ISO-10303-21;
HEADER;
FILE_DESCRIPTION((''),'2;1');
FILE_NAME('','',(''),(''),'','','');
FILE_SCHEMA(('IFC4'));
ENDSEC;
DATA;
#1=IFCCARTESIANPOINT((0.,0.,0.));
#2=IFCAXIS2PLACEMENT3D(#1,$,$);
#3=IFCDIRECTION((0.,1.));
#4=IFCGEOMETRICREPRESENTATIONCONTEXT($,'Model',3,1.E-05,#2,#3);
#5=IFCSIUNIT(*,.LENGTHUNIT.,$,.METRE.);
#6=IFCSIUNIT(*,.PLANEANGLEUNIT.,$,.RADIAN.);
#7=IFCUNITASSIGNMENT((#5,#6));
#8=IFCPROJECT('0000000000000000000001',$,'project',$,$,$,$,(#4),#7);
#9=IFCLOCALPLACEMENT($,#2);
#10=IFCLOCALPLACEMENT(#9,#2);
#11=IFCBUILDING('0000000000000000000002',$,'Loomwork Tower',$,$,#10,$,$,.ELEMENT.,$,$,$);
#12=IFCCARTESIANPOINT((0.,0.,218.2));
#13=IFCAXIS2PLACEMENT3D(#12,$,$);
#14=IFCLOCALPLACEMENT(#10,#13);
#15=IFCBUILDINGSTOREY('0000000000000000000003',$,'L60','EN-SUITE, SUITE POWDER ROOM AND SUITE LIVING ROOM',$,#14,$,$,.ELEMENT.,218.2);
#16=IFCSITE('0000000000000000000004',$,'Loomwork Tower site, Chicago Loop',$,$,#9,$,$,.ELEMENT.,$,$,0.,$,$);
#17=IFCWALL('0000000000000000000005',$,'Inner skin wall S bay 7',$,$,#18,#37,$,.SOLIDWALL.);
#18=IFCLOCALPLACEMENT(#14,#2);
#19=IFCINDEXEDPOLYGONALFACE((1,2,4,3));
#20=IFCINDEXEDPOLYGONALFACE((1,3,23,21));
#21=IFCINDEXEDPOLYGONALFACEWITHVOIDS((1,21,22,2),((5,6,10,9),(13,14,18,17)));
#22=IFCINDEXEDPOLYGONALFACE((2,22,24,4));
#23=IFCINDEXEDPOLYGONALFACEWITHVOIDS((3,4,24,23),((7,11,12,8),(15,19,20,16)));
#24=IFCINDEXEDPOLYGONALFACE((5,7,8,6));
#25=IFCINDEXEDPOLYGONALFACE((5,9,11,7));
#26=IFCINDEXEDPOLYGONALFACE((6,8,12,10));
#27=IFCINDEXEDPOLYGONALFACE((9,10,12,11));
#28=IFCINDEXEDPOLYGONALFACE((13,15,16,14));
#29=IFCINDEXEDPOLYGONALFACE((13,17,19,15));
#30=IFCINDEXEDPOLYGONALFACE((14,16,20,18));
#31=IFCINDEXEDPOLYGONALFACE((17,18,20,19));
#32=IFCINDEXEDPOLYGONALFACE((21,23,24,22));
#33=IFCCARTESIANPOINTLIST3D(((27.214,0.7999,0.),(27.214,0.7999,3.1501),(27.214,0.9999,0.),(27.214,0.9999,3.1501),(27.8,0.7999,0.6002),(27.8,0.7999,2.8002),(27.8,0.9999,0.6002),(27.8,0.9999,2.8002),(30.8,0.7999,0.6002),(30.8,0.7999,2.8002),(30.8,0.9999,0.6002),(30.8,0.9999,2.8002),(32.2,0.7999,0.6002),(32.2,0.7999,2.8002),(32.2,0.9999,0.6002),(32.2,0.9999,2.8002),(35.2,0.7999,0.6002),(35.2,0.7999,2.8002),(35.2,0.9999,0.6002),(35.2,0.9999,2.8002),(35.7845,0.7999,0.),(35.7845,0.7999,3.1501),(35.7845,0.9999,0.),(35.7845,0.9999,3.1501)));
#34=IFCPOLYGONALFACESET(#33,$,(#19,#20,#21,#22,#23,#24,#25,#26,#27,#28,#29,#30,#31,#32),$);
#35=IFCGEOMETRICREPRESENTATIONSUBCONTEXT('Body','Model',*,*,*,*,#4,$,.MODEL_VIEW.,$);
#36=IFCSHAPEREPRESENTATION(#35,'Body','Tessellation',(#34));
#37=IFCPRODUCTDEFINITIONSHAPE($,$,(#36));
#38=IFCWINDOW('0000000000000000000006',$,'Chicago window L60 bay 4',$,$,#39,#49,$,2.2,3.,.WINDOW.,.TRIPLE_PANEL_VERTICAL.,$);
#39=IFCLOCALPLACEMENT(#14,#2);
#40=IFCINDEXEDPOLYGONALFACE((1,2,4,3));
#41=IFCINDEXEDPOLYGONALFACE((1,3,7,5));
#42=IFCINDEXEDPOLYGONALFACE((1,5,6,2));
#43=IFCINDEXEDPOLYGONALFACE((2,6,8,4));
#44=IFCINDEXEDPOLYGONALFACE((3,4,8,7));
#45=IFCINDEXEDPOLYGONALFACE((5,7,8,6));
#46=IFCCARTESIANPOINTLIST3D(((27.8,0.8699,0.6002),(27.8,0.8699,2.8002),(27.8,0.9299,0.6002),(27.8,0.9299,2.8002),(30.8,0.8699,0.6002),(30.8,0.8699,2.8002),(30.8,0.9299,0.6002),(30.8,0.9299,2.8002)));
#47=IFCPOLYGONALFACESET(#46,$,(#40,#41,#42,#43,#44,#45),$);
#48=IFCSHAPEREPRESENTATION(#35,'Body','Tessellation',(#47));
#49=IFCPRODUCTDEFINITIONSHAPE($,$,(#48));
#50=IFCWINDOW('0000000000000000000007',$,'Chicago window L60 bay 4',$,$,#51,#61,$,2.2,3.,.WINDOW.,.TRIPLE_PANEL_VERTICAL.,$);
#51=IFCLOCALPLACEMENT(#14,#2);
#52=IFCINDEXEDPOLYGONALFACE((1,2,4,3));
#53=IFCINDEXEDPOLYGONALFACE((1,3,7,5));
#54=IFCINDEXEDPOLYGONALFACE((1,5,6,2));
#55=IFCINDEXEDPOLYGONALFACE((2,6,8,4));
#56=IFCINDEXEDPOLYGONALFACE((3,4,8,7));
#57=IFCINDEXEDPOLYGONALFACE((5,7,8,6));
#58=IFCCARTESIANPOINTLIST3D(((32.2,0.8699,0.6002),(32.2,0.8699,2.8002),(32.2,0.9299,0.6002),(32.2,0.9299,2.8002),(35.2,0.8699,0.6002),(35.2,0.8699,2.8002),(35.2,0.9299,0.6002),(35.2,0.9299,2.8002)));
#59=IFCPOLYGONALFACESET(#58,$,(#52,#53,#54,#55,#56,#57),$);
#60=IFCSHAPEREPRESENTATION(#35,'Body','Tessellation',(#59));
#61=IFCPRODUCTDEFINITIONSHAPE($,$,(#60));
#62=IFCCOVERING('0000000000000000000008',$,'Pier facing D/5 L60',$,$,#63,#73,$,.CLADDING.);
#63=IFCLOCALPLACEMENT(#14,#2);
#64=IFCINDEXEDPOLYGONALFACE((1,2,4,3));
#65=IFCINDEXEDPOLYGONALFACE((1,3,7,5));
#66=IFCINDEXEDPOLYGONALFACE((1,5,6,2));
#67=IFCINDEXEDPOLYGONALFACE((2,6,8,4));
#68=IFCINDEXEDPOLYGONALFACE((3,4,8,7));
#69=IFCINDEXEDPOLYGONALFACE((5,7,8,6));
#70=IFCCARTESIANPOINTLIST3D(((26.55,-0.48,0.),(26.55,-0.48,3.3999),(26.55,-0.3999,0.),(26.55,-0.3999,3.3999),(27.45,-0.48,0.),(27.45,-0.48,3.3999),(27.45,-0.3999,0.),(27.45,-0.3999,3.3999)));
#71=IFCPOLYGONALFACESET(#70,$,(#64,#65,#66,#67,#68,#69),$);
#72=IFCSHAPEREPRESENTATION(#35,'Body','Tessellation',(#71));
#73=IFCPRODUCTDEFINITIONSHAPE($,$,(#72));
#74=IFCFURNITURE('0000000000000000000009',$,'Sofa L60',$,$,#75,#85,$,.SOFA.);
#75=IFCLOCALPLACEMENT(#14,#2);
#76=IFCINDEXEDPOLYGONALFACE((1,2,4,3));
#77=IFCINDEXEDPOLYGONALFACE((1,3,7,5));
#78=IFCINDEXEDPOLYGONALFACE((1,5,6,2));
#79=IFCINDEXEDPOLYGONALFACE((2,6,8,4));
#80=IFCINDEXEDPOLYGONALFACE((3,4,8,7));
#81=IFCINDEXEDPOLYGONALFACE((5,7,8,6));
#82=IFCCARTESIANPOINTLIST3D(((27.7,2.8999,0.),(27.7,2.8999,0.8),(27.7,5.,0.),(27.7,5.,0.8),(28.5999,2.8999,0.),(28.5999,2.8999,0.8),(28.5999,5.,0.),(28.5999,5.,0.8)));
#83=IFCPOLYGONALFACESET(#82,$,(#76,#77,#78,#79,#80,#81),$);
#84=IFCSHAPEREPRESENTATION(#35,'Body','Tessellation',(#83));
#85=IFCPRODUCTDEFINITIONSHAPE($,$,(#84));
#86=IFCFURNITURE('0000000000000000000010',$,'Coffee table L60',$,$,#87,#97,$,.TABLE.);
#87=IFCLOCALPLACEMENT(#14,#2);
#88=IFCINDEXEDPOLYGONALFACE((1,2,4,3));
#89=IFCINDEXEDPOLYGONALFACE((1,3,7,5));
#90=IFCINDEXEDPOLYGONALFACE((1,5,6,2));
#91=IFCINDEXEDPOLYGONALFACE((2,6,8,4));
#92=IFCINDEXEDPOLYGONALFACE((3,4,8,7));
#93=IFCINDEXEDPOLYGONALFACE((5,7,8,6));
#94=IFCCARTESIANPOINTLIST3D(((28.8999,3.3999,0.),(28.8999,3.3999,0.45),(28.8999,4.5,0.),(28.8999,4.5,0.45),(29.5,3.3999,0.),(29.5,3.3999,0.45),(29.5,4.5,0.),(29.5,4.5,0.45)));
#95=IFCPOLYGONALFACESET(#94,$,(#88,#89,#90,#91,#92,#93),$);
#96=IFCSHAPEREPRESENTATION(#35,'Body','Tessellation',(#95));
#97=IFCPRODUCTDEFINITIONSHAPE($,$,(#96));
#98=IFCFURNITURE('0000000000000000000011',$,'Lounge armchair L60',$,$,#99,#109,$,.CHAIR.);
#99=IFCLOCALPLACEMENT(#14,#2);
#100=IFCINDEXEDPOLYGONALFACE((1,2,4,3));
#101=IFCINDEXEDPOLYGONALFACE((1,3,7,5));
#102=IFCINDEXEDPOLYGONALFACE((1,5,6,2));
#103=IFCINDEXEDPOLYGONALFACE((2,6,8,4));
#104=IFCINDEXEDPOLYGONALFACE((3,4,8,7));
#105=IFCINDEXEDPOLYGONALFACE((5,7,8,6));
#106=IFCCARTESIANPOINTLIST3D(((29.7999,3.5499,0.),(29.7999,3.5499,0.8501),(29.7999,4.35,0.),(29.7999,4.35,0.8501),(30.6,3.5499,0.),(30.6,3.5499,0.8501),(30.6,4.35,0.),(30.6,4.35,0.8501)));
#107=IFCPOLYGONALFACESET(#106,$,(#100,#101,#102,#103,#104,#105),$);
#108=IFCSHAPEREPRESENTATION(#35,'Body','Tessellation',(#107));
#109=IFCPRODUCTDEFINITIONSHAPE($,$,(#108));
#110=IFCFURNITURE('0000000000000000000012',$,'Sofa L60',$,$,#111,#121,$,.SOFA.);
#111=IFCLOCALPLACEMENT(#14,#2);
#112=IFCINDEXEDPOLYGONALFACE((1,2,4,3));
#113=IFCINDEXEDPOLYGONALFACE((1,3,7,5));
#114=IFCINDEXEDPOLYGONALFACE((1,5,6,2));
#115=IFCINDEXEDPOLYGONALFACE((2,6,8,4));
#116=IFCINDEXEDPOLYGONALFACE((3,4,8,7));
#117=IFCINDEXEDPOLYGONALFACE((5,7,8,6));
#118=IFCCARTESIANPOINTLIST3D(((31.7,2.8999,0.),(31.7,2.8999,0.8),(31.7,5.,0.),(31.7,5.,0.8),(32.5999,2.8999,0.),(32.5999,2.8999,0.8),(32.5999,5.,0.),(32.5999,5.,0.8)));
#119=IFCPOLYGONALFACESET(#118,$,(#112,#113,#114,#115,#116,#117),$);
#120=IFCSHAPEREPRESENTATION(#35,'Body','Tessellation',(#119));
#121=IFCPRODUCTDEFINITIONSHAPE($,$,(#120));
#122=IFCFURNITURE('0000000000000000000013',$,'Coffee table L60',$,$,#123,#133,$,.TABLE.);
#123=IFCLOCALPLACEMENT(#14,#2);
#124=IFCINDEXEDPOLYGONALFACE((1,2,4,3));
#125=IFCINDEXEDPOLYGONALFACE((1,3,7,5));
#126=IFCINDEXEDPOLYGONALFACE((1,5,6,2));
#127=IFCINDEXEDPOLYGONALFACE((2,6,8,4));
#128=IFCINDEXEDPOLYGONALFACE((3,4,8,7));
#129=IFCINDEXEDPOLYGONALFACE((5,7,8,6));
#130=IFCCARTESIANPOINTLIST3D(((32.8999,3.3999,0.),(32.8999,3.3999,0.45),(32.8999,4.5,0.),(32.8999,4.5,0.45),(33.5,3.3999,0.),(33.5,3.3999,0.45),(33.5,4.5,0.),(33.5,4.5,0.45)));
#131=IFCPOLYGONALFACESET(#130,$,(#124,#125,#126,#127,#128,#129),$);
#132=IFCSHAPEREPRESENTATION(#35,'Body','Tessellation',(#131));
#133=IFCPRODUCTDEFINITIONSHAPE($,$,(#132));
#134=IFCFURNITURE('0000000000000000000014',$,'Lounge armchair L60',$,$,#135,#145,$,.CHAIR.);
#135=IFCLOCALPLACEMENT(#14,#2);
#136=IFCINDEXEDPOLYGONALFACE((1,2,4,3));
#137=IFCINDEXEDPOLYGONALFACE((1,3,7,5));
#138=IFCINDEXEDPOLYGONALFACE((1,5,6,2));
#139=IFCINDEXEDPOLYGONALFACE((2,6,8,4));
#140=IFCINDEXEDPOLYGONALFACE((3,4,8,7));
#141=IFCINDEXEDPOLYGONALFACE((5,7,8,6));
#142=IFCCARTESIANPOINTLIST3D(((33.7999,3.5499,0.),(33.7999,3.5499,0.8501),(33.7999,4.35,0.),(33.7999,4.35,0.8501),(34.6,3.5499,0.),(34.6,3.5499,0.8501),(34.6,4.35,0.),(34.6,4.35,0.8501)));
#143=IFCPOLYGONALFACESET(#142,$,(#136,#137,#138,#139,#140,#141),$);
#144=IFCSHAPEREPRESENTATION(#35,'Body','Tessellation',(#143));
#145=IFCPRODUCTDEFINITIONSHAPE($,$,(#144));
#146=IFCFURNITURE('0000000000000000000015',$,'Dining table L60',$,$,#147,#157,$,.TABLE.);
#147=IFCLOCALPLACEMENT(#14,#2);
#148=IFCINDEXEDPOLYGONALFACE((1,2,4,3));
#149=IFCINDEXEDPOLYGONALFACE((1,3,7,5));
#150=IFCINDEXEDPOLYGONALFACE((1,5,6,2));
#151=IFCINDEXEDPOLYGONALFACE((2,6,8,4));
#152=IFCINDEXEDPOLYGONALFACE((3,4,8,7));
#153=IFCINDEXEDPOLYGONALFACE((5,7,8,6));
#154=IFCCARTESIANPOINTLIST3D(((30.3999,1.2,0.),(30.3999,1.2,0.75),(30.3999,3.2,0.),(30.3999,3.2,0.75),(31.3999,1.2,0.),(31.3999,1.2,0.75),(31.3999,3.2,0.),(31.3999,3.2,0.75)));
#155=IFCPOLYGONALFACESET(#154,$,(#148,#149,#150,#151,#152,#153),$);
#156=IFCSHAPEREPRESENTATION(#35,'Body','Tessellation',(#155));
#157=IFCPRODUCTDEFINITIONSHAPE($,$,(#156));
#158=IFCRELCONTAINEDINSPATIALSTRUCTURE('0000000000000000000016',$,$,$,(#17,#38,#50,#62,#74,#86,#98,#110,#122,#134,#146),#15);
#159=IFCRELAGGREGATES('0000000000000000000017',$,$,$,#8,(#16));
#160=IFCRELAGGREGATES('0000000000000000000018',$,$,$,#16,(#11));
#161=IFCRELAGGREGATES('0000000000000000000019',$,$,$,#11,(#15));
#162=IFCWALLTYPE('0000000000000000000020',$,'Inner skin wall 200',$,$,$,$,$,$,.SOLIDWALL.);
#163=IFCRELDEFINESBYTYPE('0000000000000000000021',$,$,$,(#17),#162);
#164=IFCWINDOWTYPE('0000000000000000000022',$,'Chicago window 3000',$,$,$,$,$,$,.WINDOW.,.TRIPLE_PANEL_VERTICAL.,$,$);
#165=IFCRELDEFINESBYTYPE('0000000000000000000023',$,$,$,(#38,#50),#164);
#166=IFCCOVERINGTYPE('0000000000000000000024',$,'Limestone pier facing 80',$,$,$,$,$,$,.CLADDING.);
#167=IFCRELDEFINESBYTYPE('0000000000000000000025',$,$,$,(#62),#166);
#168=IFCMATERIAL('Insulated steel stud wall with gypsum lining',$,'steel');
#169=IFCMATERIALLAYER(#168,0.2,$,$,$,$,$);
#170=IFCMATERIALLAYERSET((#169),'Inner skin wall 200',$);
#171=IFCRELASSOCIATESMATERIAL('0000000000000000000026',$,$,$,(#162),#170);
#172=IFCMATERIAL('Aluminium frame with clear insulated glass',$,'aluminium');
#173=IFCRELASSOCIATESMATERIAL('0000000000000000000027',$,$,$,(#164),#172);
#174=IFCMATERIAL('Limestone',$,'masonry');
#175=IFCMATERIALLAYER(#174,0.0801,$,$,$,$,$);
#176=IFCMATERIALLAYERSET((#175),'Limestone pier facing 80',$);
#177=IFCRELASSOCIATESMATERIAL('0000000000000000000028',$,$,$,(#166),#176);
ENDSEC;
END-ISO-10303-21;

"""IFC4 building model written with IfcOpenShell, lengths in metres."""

from ifc_helpers import new_model, si_unit, direction, frame, frame_2d, origin, origin_2d, place, context, subcontext, project, spatial, rectangle, extrude, material, layer, layer_set, type_object, element, fill, save


model = new_model("IFC4")

# Units and contexts
model_context = context("Model", 3, precision=1e-05, world=origin(), true_north=direction((0.0, 1.0)))
body_context = subcontext(model_context, "Body", "Model", "MODEL_VIEW")
ifc_project = project(units=[si_unit("LENGTHUNIT", "METRE"), si_unit("PLANEANGLEUNIT", "RADIAN")], contexts=[model_context])

# Site, building, storey
site_placement = place(None, origin())
site = spatial("IfcSite", under=ifc_project, at=site_placement, Name="Loomwork Tower site, Chicago Loop", CompositionType="ELEMENT", RefElevation=0.0)
building_placement = place(site_placement, origin())
building = spatial("IfcBuilding", under=site, at=building_placement, Name="Loomwork Tower", CompositionType="ELEMENT")
storey_placement = place(building_placement, frame((0.0, 0.0, 218.2)))
storey = spatial("IfcBuildingStorey", under=building, at=storey_placement, Name="L60", Description="EN-SUITE, SUITE POWDER ROOM AND SUITE LIVING ROOM", CompositionType="ELEMENT", Elevation=218.2)

# Wall, openings, windows
ifc_material_1 = material(Name="Insulated steel stud wall with gypsum lining", Category="steel")
ifc_layer_1 = layer(ifc_material_1, 0.2)
ifc_layer_set_1 = layer_set([ifc_layer_1], Name="Inner skin wall 200")
wall_type_1 = type_object("IfcWallType", Name="Inner skin wall 200", PredefinedType="SOLIDWALL", material=ifc_layer_set_1)
wall_1_placement = place(storey_placement, frame((27.2141, 0.8999, 0.0), z_axis=(0.0, 0.0, 1.0), x_axis=(1.0, 0.0, 0.0)))
wall_1 = element("IfcWall", 1, at=wall_1_placement, inside=storey, type_object=wall_type_1, Name="Inner skin wall S bay 7", PredefinedType="SOLIDWALL", context=body_context, shape_type="SweptSolid", body=[
    extrude(rectangle(XDim=8.5706, YDim=0.2, at=frame_2d((4.2852, 0.0))), origin(), (0.0, 0.0, 1.0), 3.1501),
])
opening_1_placement = place(wall_1_placement, frame((0.5859, 0.0, 0.6001)))
opening_1 = element("IfcOpeningElement", 2, at=opening_1_placement, cuts=wall_1, PredefinedType="OPENING", context=body_context, shape_type="SweptSolid", body=[
    extrude(rectangle(XDim=3.0, YDim=2.2, at=frame_2d((1.5, 1.1001))), frame((0.0, 0.1099, 0.0), z_axis=(0.0, -1.0, 0.0), x_axis=(1.0, 0.0, 0.0)), (0.0, 0.0, 1.0), 0.22),
])
opening_2_placement = place(wall_1_placement, frame((4.9858, 0.0, 0.6001)))
opening_2 = element("IfcOpeningElement", 3, at=opening_2_placement, cuts=wall_1, PredefinedType="OPENING", context=body_context, shape_type="SweptSolid", body=[
    extrude(rectangle(XDim=3.0, YDim=2.2, at=frame_2d((1.5, 1.1001))), frame((0.0, 0.1099, 0.0), z_axis=(0.0, -1.0, 0.0), x_axis=(1.0, 0.0, 0.0)), (0.0, 0.0, 1.0), 0.22),
])
ifc_material_2 = material(Name="Aluminium frame with clear insulated glass", Category="aluminium")
window_type = type_object("IfcWindowType", Name="Chicago window 3000", PartitioningType="TRIPLE_PANEL_VERTICAL", PredefinedType="WINDOW", material=ifc_material_2)
window_1_placement = place(opening_1_placement, origin())
window_1 = element("IfcWindow", 4, at=window_1_placement, inside=storey, type_object=window_type, Name="Chicago window L60 bay 4", OverallHeight=2.2, OverallWidth=3.0, PartitioningType="TRIPLE_PANEL_VERTICAL", PredefinedType="WINDOW", context=body_context, shape_type="SweptSolid", body=[
    extrude(rectangle(XDim=3.0, YDim=2.2, at=frame_2d((1.5, 1.1001))), frame((0.0, 0.03, 0.0), z_axis=(0.0, -1.0, 0.0), x_axis=(1.0, 0.0, 0.0)), (0.0, 0.0, 1.0), 0.0601),
])
fill(opening_1, window_1)
window_2_placement = place(opening_2_placement, origin())
window_2 = element("IfcWindow", 5, at=window_2_placement, inside=storey, type_object=window_type, Name="Chicago window L60 bay 4", OverallHeight=2.2, OverallWidth=3.0, PartitioningType="TRIPLE_PANEL_VERTICAL", PredefinedType="WINDOW", context=body_context, shape_type="SweptSolid", body=[
    extrude(rectangle(XDim=3.0, YDim=2.2, at=frame_2d((1.5, 1.1001))), frame((0.0, 0.03, 0.0), z_axis=(0.0, -1.0, 0.0), x_axis=(1.0, 0.0, 0.0)), (0.0, 0.0, 1.0), 0.0601),
])
fill(opening_2, window_2)

# Covering
ifc_material_3 = material(Name="Limestone", Category="masonry")
ifc_layer_2 = layer(ifc_material_3, 0.0801)
ifc_layer_set_2 = layer_set([ifc_layer_2], Name="Limestone pier facing 80")
covering_type = type_object("IfcCoveringType", Name="Limestone pier facing 80", PredefinedType="CLADDING", material=ifc_layer_set_2)
covering_placement = place(storey_placement, frame((27.0, -0.4399, 0.0), z_axis=(0.0, 0.0, 1.0), x_axis=(1.0, 0.0, 0.0)))
element("IfcCovering", 6, at=covering_placement, inside=storey, type_object=covering_type, Name="Pier facing D/5 L60", PredefinedType="CLADDING", context=body_context, shape_type="SweptSolid", body=[
    extrude(rectangle(XDim=0.8999, YDim=0.0801, at=origin_2d()), origin(), (0.0, 0.0, 1.0), 3.3999),
])

# Furniture
furniture_1_placement = place(storey_placement, frame((28.1499, 3.95, 0.0), z_axis=(0.0, 0.0, 1.0), x_axis=(1.0, 0.0, 0.0)))
element("IfcFurniture", 7, at=furniture_1_placement, inside=storey, Name="Sofa L60", PredefinedType="SOFA", context=body_context, shape_type="SweptSolid", body=[
    extrude(rectangle(XDim=0.8999, YDim=2.1001, at=origin_2d()), origin(), (0.0, 0.0, 1.0), 0.8),
])
furniture_2_placement = place(storey_placement, frame((29.2, 3.95, 0.0), z_axis=(0.0, 0.0, 1.0), x_axis=(1.0, 0.0, 0.0)))
element("IfcFurniture", 8, at=furniture_2_placement, inside=storey, Name="Coffee table L60", PredefinedType="TABLE", context=body_context, shape_type="SweptSolid", body=[
    extrude(rectangle(XDim=0.6001, YDim=1.1001, at=origin_2d()), origin(), (0.0, 0.0, 1.0), 0.45),
])
furniture_3_placement = place(storey_placement, frame((30.2, 3.95, 0.0), z_axis=(0.0, 0.0, 1.0), x_axis=(1.0, 0.0, 0.0)))
element("IfcFurniture", 9, at=furniture_3_placement, inside=storey, Name="Lounge armchair L60", PredefinedType="CHAIR", context=body_context, shape_type="SweptSolid", body=[
    extrude(rectangle(XDim=0.8, YDim=0.8, at=origin_2d()), origin(), (0.0, 0.0, 1.0), 0.8501),
])
furniture_4_placement = place(storey_placement, frame((32.1499, 3.95, 0.0), z_axis=(0.0, 0.0, 1.0), x_axis=(1.0, 0.0, 0.0)))
element("IfcFurniture", 10, at=furniture_4_placement, inside=storey, Name="Sofa L60", PredefinedType="SOFA", context=body_context, shape_type="SweptSolid", body=[
    extrude(rectangle(XDim=0.8999, YDim=2.1001, at=origin_2d()), origin(), (0.0, 0.0, 1.0), 0.8),
])
furniture_5_placement = place(storey_placement, frame((33.2, 3.95, 0.0), z_axis=(0.0, 0.0, 1.0), x_axis=(1.0, 0.0, 0.0)))
element("IfcFurniture", 11, at=furniture_5_placement, inside=storey, Name="Coffee table L60", PredefinedType="TABLE", context=body_context, shape_type="SweptSolid", body=[
    extrude(rectangle(XDim=0.6001, YDim=1.1001, at=origin_2d()), origin(), (0.0, 0.0, 1.0), 0.45),
])
furniture_6_placement = place(storey_placement, frame((34.2, 3.95, 0.0), z_axis=(0.0, 0.0, 1.0), x_axis=(1.0, 0.0, 0.0)))
element("IfcFurniture", 12, at=furniture_6_placement, inside=storey, Name="Lounge armchair L60", PredefinedType="CHAIR", context=body_context, shape_type="SweptSolid", body=[
    extrude(rectangle(XDim=0.8, YDim=0.8, at=origin_2d()), origin(), (0.0, 0.0, 1.0), 0.8501),
])
furniture_7_placement = place(storey_placement, frame((30.8999, 2.2, 0.0), z_axis=(0.0, 0.0, 1.0), x_axis=(1.0, 0.0, 0.0)))
element("IfcFurniture", 13, at=furniture_7_placement, inside=storey, Name="Dining table L60", PredefinedType="TABLE", context=body_context, shape_type="SweptSolid", body=[
    extrude(rectangle(XDim=1.0, YDim=2.0, at=origin_2d()), origin(), (0.0, 0.0, 1.0), 0.75),
])

save(model, "model.ifc")
